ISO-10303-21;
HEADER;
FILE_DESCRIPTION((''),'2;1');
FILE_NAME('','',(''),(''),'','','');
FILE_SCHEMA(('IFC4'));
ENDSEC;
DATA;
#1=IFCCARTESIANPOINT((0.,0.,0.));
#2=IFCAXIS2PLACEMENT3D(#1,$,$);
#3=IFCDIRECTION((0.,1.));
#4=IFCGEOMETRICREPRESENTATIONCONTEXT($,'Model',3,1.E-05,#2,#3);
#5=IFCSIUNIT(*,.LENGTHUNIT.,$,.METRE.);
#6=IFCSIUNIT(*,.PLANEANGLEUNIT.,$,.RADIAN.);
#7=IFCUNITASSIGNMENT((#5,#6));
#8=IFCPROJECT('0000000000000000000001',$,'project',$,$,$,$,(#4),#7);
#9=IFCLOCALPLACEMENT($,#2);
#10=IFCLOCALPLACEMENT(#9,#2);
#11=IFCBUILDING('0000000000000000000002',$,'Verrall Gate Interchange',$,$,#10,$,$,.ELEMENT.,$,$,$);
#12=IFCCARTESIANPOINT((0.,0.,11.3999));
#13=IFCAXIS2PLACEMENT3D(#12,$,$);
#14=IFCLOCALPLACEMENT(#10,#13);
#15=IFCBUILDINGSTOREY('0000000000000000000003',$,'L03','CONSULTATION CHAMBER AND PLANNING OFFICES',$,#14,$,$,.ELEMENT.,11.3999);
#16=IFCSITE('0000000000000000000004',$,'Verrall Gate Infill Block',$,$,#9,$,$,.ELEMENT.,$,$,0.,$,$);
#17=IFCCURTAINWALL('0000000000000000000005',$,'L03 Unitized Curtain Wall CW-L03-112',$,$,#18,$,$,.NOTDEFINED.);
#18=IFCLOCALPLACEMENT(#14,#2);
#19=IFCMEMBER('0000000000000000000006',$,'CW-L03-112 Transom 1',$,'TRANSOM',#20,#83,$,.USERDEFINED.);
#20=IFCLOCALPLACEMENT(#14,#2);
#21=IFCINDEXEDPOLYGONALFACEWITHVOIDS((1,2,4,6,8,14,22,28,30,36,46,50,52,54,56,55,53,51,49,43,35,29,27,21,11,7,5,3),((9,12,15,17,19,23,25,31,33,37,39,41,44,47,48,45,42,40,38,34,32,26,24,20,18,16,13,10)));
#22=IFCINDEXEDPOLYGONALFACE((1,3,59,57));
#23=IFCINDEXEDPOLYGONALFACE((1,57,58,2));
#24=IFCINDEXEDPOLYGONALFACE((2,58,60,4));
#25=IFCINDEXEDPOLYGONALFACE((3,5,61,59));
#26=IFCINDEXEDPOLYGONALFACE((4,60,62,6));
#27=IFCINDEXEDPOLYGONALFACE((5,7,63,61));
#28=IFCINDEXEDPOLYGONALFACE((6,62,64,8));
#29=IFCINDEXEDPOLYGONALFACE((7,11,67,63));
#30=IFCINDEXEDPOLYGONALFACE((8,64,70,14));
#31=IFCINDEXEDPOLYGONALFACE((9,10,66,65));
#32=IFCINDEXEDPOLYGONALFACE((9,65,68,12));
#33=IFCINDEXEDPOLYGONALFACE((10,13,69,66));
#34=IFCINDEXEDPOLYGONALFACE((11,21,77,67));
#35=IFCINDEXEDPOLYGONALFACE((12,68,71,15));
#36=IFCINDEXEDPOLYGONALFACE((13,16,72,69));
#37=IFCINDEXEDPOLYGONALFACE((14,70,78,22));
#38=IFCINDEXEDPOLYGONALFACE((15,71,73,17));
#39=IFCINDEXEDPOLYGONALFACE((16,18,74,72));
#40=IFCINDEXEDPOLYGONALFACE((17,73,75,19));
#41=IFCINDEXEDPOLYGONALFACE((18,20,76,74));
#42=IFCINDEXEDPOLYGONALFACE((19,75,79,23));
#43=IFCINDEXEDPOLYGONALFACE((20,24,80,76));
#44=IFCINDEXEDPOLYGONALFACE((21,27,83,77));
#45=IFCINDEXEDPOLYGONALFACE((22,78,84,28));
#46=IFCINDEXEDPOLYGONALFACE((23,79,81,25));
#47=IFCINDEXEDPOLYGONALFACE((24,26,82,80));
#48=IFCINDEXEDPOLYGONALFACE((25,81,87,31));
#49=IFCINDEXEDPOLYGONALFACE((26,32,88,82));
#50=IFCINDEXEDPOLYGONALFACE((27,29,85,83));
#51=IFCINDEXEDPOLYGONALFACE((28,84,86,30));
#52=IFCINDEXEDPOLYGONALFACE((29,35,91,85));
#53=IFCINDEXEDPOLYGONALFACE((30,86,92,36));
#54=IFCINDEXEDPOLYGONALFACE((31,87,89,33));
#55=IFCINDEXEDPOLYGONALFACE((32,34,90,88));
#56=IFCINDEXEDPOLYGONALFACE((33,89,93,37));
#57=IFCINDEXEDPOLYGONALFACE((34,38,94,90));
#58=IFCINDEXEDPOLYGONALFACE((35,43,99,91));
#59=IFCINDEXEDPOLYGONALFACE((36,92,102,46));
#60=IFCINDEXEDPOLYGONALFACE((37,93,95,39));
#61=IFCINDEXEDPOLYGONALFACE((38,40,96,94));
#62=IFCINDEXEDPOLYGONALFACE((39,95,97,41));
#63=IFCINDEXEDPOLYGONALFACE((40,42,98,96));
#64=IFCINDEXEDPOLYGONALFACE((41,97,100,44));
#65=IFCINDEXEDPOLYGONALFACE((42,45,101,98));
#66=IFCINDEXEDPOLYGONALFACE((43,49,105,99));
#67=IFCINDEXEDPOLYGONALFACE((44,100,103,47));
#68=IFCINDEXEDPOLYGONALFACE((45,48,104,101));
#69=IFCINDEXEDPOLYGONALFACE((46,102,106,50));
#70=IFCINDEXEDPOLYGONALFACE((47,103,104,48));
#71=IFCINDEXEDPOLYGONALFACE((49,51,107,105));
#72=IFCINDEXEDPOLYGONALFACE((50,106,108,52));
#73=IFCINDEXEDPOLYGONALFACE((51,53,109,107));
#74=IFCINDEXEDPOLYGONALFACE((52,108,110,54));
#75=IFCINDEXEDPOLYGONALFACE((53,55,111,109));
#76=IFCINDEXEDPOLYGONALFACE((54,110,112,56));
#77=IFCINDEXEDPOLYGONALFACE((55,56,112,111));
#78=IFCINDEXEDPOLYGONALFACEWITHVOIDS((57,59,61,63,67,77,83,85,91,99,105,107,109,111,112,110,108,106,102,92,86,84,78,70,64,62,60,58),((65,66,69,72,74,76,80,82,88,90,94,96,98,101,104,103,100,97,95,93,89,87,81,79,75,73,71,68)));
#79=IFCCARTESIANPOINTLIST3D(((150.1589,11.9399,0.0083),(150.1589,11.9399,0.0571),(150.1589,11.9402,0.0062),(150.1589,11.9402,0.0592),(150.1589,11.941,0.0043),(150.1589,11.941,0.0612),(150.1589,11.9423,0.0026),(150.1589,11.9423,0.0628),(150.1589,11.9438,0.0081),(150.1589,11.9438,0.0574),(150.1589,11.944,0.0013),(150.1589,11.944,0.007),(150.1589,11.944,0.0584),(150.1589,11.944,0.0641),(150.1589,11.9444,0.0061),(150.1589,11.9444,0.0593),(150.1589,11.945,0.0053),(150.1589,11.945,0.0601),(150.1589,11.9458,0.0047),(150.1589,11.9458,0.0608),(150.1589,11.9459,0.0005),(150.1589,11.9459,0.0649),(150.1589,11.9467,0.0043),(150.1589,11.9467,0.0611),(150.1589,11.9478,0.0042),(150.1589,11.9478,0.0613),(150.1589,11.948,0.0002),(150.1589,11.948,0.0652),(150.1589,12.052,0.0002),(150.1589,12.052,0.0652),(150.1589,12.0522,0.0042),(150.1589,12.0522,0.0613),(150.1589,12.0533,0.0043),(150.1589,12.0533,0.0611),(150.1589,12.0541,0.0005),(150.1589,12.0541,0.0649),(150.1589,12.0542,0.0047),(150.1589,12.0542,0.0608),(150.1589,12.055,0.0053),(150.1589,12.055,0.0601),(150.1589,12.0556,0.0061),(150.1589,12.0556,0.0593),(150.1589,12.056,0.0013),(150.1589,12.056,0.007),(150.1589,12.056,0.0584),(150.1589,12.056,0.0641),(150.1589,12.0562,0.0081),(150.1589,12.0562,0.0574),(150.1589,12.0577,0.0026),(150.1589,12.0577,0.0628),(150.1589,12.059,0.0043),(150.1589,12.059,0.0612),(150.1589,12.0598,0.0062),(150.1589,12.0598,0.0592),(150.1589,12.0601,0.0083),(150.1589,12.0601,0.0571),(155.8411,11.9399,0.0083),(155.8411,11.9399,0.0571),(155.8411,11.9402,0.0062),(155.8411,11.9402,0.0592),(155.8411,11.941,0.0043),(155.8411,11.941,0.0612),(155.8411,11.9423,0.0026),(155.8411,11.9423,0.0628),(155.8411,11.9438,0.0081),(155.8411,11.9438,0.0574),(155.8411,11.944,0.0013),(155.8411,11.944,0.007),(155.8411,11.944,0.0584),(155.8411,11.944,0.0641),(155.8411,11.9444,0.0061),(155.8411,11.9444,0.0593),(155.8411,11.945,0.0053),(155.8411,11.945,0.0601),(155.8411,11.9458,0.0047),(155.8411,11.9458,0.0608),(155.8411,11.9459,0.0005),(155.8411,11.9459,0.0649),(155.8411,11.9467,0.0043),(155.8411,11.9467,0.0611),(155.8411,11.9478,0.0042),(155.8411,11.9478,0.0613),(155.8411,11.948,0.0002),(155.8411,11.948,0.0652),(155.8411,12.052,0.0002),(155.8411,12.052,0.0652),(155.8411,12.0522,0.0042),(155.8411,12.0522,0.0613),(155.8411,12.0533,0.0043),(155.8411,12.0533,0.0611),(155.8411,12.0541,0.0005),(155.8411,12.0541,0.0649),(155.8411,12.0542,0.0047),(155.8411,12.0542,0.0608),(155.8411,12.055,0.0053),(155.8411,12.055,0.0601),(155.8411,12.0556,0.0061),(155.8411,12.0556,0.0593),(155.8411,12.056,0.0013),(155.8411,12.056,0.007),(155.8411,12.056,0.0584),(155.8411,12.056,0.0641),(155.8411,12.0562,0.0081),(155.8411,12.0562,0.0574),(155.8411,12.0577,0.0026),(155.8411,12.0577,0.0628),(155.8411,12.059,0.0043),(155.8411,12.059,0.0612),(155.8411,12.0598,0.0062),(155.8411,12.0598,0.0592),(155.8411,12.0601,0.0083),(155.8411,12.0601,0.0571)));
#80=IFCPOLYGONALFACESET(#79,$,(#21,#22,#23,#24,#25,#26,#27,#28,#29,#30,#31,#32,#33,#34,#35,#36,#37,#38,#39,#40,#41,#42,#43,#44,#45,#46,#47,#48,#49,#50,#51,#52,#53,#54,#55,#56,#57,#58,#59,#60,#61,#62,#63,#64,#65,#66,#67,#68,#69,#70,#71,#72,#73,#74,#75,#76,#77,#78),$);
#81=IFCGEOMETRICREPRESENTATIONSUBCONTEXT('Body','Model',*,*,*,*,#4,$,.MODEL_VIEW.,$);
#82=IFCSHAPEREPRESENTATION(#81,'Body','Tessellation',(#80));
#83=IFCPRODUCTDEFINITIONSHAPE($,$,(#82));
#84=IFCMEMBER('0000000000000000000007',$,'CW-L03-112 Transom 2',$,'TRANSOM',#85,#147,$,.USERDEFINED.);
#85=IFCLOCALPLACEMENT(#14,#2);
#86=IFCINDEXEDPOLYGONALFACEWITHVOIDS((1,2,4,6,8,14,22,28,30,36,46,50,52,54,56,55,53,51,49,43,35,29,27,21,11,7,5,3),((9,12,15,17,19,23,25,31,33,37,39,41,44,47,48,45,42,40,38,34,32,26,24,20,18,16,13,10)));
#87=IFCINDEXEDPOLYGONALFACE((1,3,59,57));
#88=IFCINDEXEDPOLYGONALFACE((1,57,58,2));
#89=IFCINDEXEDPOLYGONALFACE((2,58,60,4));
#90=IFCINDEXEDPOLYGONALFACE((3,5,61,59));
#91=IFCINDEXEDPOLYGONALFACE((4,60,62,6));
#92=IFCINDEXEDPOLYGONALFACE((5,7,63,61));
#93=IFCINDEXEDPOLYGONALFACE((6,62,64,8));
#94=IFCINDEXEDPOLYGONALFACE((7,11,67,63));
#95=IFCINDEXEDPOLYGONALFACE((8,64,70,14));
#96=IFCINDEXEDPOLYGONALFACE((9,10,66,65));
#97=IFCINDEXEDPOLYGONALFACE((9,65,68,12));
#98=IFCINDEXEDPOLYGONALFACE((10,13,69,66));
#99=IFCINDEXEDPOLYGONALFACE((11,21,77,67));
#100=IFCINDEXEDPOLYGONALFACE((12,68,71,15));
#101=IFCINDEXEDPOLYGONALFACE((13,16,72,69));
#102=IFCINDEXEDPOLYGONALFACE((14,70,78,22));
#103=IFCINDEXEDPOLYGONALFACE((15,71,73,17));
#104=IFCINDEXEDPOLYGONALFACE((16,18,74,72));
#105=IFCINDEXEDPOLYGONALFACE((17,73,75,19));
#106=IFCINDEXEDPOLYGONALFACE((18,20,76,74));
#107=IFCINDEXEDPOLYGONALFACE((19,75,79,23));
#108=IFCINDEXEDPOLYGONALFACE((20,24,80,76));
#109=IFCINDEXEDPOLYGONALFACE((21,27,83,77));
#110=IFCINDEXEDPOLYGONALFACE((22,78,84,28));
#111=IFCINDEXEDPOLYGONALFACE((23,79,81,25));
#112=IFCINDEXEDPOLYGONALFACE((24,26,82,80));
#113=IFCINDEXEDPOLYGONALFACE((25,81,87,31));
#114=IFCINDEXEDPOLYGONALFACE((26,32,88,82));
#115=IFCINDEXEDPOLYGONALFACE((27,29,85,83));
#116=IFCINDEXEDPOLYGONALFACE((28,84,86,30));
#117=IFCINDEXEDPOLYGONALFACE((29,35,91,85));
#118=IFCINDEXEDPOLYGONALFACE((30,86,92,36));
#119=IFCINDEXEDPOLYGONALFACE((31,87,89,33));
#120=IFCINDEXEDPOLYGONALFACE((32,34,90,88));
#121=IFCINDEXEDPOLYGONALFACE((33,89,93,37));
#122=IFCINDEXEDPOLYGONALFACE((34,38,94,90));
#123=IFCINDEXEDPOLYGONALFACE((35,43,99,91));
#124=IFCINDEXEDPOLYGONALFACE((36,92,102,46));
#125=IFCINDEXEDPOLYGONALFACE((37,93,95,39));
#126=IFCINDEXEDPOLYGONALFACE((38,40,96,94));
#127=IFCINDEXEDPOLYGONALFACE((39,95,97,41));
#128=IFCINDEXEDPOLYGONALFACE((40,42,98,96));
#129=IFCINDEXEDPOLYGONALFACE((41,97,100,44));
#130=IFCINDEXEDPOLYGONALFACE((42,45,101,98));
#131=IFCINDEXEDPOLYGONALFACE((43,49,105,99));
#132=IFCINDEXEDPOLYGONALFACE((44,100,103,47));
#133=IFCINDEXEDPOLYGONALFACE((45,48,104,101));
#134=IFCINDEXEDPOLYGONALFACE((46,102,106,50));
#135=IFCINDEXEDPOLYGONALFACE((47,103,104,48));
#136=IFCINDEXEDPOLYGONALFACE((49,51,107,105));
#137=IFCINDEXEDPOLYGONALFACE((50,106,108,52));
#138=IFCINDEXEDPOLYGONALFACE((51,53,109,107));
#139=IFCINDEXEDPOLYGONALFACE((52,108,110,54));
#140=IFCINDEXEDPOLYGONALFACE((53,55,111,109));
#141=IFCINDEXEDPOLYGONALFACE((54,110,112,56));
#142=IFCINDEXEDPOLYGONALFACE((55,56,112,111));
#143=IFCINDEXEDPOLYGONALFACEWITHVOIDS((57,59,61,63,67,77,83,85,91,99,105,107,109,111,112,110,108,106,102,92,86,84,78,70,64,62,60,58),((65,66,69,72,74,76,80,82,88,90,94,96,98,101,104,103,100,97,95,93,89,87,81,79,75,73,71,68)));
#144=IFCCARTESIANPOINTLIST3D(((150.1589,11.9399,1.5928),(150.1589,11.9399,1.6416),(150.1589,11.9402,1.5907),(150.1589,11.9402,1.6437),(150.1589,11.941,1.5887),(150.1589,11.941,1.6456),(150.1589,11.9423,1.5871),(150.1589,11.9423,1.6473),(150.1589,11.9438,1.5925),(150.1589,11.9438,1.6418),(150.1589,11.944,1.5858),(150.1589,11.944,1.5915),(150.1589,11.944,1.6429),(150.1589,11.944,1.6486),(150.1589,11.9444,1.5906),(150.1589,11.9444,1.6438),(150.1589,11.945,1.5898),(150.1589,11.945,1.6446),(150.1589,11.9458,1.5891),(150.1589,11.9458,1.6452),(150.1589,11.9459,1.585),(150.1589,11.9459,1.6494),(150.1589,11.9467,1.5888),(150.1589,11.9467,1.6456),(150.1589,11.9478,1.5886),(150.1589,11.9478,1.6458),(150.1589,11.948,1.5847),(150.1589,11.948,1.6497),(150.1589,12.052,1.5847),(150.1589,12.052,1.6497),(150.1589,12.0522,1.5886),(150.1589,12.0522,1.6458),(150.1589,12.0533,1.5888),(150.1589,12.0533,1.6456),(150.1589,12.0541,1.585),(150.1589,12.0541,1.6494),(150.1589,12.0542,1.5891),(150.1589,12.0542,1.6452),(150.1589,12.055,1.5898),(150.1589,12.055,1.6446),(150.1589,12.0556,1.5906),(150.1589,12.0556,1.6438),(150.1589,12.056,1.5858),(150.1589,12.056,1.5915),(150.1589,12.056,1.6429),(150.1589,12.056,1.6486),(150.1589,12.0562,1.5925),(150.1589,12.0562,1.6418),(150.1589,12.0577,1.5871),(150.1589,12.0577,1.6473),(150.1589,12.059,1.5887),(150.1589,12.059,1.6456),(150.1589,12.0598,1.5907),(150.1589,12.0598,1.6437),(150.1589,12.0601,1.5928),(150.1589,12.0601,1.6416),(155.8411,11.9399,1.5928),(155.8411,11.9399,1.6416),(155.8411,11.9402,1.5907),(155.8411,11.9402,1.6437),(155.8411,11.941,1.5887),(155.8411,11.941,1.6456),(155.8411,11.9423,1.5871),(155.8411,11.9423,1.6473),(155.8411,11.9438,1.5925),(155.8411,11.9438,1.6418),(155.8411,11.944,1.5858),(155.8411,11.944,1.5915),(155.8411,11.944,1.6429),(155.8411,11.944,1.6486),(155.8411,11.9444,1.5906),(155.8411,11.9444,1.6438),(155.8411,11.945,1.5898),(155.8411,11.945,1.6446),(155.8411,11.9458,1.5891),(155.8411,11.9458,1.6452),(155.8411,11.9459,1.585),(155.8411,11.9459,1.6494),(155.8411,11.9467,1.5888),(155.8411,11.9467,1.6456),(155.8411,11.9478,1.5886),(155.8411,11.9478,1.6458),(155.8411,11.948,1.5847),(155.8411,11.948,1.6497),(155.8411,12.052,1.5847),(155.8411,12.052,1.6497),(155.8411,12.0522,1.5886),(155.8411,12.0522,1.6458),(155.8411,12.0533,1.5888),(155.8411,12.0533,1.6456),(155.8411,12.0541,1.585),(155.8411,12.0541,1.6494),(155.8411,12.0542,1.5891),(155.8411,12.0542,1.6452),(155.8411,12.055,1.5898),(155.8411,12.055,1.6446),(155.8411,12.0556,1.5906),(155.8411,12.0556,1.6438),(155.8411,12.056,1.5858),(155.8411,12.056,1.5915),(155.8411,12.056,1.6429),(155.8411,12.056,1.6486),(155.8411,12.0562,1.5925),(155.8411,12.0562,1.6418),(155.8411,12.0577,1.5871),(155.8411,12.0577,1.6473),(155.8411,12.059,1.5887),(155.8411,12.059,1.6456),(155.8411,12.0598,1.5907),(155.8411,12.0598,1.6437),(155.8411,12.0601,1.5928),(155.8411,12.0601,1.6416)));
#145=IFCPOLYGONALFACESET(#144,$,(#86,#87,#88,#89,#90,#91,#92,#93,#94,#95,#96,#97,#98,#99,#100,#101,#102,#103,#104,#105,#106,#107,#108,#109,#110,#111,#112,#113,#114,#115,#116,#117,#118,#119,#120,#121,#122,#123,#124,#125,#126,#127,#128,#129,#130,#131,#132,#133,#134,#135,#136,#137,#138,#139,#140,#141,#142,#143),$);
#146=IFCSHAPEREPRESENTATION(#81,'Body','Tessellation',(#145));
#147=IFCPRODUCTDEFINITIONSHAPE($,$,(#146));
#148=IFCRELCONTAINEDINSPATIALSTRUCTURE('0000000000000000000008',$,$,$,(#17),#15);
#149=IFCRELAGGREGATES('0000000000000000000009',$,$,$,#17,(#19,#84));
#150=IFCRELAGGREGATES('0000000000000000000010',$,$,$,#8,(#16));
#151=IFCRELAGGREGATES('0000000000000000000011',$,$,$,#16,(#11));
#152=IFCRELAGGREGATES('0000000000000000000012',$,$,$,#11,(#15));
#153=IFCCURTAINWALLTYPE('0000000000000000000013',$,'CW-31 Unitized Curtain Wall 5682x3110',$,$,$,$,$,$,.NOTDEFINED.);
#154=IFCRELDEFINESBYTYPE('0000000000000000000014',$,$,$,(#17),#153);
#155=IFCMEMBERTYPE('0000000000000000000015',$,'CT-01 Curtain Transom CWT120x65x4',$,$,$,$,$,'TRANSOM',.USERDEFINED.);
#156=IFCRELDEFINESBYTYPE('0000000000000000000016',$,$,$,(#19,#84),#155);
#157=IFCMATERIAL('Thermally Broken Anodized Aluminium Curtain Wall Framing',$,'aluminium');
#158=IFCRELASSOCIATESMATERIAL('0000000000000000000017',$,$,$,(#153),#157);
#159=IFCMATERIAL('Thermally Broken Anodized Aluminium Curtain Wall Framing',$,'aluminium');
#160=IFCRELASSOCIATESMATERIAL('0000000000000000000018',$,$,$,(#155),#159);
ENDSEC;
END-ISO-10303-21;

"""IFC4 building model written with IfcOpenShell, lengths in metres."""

from ifc_helpers import new_model, si_unit, direction, frame, origin, origin_2d, place, context, subcontext, project, spatial, hollow_rectangle, extrude, material, material_profile, profile_set, type_object, element, aggregate, save


model = new_model("IFC4")

# Units and contexts
model_context = context("Model", 3, precision=1e-05, world=origin(), true_north=direction((0.0, 1.0)))
body_context = subcontext(model_context, "Body", "Model", "MODEL_VIEW")
ifc_project = project(units=[si_unit("LENGTHUNIT", "METRE"), si_unit("PLANEANGLEUNIT", "RADIAN")], contexts=[model_context])

# Site, building, storey
site_placement = place(None, origin())
site = spatial("IfcSite", under=ifc_project, at=site_placement, Name="Verrall Gate Infill Block", CompositionType="ELEMENT", RefElevation=0.0)
building_placement = place(site_placement, origin())
building = spatial("IfcBuilding", under=site, at=building_placement, Name="Verrall Gate Interchange", CompositionType="ELEMENT")
storey_placement = place(building_placement, frame((0.0, 0.0, 11.3999)))
storey = spatial("IfcBuildingStorey", under=building, at=storey_placement, Name="L03", Description="CONSULTATION CHAMBER AND PLANNING OFFICES", CompositionType="ELEMENT", Elevation=11.3999)

# Curtain wall, members
ifc_material_1 = material(Name="Thermally Broken Anodized Aluminium Curtain Wall Framing", Category="aluminium")
curtain_wall_type = type_object("IfcCurtainWallType", Name="CW-31 Unitized Curtain Wall 5682x3110", PredefinedType="NOTDEFINED", material=ifc_material_1)
curtain_wall_placement = place(storey_placement, origin())
curtain_wall = element("IfcCurtainWall", 1, at=curtain_wall_placement, inside=storey, type_object=curtain_wall_type, Name="L03 Unitized Curtain Wall CW-L03-112", PredefinedType="NOTDEFINED")
ifc_material_2 = material(Name="Thermally Broken Anodized Aluminium Curtain Wall Framing", Category="aluminium")
ifc_material_profile_1 = material_profile(ifc_material_2, hollow_rectangle(XDim=0.1201, YDim=0.0649, WallThickness=0.0039, InnerFilletRadius=0.0039, OuterFilletRadius=0.0081, at=origin_2d()), Name="CWT120x65x4")
ifc_profile_set_1 = profile_set([ifc_material_profile_1], Name="Thermally Broken Anodized Aluminium Curtain Wall Framing")
member_type_1 = type_object("IfcMemberType", Name="CT-01 Curtain Transom CWT120x65x4", ElementType="TRANSOM", PredefinedType="USERDEFINED", material=ifc_profile_set_1)
member_1_placement = place(storey_placement, frame((150.1589, 12.0, 0.0327), z_axis=(1.0, 0.0, 0.0), x_axis=(0.0, 1.0, 0.0)))
member_1 = element("IfcMember", 2, at=member_1_placement, type_object=member_type_1, Name="CW-L03-112 Transom 1", ObjectType="TRANSOM", PredefinedType="USERDEFINED", context=body_context, shape_type="SweptSolid", body=[
    extrude(hollow_rectangle(XDim=0.1201, YDim=0.0649, WallThickness=0.0039, InnerFilletRadius=0.0039, OuterFilletRadius=0.0081, at=origin_2d()), origin(), (0.0, 0.0, 1.0), 5.6821),
])
member_2_placement = place(storey_placement, frame((150.1589, 12.0, 1.6172), z_axis=(1.0, 0.0, 0.0), x_axis=(0.0, 1.0, 0.0)))
member_2 = element("IfcMember", 3, at=member_2_placement, type_object=member_type_1, Name="CW-L03-112 Transom 2", ObjectType="TRANSOM", PredefinedType="USERDEFINED", context=body_context, shape_type="SweptSolid", body=[
    extrude(hollow_rectangle(XDim=0.1201, YDim=0.0649, WallThickness=0.0039, InnerFilletRadius=0.0039, OuterFilletRadius=0.0081, at=origin_2d()), origin(), (0.0, 0.0, 1.0), 5.6821),
])

aggregate(curtain_wall, [member_1, member_2])

save(model, "model.ifc")
